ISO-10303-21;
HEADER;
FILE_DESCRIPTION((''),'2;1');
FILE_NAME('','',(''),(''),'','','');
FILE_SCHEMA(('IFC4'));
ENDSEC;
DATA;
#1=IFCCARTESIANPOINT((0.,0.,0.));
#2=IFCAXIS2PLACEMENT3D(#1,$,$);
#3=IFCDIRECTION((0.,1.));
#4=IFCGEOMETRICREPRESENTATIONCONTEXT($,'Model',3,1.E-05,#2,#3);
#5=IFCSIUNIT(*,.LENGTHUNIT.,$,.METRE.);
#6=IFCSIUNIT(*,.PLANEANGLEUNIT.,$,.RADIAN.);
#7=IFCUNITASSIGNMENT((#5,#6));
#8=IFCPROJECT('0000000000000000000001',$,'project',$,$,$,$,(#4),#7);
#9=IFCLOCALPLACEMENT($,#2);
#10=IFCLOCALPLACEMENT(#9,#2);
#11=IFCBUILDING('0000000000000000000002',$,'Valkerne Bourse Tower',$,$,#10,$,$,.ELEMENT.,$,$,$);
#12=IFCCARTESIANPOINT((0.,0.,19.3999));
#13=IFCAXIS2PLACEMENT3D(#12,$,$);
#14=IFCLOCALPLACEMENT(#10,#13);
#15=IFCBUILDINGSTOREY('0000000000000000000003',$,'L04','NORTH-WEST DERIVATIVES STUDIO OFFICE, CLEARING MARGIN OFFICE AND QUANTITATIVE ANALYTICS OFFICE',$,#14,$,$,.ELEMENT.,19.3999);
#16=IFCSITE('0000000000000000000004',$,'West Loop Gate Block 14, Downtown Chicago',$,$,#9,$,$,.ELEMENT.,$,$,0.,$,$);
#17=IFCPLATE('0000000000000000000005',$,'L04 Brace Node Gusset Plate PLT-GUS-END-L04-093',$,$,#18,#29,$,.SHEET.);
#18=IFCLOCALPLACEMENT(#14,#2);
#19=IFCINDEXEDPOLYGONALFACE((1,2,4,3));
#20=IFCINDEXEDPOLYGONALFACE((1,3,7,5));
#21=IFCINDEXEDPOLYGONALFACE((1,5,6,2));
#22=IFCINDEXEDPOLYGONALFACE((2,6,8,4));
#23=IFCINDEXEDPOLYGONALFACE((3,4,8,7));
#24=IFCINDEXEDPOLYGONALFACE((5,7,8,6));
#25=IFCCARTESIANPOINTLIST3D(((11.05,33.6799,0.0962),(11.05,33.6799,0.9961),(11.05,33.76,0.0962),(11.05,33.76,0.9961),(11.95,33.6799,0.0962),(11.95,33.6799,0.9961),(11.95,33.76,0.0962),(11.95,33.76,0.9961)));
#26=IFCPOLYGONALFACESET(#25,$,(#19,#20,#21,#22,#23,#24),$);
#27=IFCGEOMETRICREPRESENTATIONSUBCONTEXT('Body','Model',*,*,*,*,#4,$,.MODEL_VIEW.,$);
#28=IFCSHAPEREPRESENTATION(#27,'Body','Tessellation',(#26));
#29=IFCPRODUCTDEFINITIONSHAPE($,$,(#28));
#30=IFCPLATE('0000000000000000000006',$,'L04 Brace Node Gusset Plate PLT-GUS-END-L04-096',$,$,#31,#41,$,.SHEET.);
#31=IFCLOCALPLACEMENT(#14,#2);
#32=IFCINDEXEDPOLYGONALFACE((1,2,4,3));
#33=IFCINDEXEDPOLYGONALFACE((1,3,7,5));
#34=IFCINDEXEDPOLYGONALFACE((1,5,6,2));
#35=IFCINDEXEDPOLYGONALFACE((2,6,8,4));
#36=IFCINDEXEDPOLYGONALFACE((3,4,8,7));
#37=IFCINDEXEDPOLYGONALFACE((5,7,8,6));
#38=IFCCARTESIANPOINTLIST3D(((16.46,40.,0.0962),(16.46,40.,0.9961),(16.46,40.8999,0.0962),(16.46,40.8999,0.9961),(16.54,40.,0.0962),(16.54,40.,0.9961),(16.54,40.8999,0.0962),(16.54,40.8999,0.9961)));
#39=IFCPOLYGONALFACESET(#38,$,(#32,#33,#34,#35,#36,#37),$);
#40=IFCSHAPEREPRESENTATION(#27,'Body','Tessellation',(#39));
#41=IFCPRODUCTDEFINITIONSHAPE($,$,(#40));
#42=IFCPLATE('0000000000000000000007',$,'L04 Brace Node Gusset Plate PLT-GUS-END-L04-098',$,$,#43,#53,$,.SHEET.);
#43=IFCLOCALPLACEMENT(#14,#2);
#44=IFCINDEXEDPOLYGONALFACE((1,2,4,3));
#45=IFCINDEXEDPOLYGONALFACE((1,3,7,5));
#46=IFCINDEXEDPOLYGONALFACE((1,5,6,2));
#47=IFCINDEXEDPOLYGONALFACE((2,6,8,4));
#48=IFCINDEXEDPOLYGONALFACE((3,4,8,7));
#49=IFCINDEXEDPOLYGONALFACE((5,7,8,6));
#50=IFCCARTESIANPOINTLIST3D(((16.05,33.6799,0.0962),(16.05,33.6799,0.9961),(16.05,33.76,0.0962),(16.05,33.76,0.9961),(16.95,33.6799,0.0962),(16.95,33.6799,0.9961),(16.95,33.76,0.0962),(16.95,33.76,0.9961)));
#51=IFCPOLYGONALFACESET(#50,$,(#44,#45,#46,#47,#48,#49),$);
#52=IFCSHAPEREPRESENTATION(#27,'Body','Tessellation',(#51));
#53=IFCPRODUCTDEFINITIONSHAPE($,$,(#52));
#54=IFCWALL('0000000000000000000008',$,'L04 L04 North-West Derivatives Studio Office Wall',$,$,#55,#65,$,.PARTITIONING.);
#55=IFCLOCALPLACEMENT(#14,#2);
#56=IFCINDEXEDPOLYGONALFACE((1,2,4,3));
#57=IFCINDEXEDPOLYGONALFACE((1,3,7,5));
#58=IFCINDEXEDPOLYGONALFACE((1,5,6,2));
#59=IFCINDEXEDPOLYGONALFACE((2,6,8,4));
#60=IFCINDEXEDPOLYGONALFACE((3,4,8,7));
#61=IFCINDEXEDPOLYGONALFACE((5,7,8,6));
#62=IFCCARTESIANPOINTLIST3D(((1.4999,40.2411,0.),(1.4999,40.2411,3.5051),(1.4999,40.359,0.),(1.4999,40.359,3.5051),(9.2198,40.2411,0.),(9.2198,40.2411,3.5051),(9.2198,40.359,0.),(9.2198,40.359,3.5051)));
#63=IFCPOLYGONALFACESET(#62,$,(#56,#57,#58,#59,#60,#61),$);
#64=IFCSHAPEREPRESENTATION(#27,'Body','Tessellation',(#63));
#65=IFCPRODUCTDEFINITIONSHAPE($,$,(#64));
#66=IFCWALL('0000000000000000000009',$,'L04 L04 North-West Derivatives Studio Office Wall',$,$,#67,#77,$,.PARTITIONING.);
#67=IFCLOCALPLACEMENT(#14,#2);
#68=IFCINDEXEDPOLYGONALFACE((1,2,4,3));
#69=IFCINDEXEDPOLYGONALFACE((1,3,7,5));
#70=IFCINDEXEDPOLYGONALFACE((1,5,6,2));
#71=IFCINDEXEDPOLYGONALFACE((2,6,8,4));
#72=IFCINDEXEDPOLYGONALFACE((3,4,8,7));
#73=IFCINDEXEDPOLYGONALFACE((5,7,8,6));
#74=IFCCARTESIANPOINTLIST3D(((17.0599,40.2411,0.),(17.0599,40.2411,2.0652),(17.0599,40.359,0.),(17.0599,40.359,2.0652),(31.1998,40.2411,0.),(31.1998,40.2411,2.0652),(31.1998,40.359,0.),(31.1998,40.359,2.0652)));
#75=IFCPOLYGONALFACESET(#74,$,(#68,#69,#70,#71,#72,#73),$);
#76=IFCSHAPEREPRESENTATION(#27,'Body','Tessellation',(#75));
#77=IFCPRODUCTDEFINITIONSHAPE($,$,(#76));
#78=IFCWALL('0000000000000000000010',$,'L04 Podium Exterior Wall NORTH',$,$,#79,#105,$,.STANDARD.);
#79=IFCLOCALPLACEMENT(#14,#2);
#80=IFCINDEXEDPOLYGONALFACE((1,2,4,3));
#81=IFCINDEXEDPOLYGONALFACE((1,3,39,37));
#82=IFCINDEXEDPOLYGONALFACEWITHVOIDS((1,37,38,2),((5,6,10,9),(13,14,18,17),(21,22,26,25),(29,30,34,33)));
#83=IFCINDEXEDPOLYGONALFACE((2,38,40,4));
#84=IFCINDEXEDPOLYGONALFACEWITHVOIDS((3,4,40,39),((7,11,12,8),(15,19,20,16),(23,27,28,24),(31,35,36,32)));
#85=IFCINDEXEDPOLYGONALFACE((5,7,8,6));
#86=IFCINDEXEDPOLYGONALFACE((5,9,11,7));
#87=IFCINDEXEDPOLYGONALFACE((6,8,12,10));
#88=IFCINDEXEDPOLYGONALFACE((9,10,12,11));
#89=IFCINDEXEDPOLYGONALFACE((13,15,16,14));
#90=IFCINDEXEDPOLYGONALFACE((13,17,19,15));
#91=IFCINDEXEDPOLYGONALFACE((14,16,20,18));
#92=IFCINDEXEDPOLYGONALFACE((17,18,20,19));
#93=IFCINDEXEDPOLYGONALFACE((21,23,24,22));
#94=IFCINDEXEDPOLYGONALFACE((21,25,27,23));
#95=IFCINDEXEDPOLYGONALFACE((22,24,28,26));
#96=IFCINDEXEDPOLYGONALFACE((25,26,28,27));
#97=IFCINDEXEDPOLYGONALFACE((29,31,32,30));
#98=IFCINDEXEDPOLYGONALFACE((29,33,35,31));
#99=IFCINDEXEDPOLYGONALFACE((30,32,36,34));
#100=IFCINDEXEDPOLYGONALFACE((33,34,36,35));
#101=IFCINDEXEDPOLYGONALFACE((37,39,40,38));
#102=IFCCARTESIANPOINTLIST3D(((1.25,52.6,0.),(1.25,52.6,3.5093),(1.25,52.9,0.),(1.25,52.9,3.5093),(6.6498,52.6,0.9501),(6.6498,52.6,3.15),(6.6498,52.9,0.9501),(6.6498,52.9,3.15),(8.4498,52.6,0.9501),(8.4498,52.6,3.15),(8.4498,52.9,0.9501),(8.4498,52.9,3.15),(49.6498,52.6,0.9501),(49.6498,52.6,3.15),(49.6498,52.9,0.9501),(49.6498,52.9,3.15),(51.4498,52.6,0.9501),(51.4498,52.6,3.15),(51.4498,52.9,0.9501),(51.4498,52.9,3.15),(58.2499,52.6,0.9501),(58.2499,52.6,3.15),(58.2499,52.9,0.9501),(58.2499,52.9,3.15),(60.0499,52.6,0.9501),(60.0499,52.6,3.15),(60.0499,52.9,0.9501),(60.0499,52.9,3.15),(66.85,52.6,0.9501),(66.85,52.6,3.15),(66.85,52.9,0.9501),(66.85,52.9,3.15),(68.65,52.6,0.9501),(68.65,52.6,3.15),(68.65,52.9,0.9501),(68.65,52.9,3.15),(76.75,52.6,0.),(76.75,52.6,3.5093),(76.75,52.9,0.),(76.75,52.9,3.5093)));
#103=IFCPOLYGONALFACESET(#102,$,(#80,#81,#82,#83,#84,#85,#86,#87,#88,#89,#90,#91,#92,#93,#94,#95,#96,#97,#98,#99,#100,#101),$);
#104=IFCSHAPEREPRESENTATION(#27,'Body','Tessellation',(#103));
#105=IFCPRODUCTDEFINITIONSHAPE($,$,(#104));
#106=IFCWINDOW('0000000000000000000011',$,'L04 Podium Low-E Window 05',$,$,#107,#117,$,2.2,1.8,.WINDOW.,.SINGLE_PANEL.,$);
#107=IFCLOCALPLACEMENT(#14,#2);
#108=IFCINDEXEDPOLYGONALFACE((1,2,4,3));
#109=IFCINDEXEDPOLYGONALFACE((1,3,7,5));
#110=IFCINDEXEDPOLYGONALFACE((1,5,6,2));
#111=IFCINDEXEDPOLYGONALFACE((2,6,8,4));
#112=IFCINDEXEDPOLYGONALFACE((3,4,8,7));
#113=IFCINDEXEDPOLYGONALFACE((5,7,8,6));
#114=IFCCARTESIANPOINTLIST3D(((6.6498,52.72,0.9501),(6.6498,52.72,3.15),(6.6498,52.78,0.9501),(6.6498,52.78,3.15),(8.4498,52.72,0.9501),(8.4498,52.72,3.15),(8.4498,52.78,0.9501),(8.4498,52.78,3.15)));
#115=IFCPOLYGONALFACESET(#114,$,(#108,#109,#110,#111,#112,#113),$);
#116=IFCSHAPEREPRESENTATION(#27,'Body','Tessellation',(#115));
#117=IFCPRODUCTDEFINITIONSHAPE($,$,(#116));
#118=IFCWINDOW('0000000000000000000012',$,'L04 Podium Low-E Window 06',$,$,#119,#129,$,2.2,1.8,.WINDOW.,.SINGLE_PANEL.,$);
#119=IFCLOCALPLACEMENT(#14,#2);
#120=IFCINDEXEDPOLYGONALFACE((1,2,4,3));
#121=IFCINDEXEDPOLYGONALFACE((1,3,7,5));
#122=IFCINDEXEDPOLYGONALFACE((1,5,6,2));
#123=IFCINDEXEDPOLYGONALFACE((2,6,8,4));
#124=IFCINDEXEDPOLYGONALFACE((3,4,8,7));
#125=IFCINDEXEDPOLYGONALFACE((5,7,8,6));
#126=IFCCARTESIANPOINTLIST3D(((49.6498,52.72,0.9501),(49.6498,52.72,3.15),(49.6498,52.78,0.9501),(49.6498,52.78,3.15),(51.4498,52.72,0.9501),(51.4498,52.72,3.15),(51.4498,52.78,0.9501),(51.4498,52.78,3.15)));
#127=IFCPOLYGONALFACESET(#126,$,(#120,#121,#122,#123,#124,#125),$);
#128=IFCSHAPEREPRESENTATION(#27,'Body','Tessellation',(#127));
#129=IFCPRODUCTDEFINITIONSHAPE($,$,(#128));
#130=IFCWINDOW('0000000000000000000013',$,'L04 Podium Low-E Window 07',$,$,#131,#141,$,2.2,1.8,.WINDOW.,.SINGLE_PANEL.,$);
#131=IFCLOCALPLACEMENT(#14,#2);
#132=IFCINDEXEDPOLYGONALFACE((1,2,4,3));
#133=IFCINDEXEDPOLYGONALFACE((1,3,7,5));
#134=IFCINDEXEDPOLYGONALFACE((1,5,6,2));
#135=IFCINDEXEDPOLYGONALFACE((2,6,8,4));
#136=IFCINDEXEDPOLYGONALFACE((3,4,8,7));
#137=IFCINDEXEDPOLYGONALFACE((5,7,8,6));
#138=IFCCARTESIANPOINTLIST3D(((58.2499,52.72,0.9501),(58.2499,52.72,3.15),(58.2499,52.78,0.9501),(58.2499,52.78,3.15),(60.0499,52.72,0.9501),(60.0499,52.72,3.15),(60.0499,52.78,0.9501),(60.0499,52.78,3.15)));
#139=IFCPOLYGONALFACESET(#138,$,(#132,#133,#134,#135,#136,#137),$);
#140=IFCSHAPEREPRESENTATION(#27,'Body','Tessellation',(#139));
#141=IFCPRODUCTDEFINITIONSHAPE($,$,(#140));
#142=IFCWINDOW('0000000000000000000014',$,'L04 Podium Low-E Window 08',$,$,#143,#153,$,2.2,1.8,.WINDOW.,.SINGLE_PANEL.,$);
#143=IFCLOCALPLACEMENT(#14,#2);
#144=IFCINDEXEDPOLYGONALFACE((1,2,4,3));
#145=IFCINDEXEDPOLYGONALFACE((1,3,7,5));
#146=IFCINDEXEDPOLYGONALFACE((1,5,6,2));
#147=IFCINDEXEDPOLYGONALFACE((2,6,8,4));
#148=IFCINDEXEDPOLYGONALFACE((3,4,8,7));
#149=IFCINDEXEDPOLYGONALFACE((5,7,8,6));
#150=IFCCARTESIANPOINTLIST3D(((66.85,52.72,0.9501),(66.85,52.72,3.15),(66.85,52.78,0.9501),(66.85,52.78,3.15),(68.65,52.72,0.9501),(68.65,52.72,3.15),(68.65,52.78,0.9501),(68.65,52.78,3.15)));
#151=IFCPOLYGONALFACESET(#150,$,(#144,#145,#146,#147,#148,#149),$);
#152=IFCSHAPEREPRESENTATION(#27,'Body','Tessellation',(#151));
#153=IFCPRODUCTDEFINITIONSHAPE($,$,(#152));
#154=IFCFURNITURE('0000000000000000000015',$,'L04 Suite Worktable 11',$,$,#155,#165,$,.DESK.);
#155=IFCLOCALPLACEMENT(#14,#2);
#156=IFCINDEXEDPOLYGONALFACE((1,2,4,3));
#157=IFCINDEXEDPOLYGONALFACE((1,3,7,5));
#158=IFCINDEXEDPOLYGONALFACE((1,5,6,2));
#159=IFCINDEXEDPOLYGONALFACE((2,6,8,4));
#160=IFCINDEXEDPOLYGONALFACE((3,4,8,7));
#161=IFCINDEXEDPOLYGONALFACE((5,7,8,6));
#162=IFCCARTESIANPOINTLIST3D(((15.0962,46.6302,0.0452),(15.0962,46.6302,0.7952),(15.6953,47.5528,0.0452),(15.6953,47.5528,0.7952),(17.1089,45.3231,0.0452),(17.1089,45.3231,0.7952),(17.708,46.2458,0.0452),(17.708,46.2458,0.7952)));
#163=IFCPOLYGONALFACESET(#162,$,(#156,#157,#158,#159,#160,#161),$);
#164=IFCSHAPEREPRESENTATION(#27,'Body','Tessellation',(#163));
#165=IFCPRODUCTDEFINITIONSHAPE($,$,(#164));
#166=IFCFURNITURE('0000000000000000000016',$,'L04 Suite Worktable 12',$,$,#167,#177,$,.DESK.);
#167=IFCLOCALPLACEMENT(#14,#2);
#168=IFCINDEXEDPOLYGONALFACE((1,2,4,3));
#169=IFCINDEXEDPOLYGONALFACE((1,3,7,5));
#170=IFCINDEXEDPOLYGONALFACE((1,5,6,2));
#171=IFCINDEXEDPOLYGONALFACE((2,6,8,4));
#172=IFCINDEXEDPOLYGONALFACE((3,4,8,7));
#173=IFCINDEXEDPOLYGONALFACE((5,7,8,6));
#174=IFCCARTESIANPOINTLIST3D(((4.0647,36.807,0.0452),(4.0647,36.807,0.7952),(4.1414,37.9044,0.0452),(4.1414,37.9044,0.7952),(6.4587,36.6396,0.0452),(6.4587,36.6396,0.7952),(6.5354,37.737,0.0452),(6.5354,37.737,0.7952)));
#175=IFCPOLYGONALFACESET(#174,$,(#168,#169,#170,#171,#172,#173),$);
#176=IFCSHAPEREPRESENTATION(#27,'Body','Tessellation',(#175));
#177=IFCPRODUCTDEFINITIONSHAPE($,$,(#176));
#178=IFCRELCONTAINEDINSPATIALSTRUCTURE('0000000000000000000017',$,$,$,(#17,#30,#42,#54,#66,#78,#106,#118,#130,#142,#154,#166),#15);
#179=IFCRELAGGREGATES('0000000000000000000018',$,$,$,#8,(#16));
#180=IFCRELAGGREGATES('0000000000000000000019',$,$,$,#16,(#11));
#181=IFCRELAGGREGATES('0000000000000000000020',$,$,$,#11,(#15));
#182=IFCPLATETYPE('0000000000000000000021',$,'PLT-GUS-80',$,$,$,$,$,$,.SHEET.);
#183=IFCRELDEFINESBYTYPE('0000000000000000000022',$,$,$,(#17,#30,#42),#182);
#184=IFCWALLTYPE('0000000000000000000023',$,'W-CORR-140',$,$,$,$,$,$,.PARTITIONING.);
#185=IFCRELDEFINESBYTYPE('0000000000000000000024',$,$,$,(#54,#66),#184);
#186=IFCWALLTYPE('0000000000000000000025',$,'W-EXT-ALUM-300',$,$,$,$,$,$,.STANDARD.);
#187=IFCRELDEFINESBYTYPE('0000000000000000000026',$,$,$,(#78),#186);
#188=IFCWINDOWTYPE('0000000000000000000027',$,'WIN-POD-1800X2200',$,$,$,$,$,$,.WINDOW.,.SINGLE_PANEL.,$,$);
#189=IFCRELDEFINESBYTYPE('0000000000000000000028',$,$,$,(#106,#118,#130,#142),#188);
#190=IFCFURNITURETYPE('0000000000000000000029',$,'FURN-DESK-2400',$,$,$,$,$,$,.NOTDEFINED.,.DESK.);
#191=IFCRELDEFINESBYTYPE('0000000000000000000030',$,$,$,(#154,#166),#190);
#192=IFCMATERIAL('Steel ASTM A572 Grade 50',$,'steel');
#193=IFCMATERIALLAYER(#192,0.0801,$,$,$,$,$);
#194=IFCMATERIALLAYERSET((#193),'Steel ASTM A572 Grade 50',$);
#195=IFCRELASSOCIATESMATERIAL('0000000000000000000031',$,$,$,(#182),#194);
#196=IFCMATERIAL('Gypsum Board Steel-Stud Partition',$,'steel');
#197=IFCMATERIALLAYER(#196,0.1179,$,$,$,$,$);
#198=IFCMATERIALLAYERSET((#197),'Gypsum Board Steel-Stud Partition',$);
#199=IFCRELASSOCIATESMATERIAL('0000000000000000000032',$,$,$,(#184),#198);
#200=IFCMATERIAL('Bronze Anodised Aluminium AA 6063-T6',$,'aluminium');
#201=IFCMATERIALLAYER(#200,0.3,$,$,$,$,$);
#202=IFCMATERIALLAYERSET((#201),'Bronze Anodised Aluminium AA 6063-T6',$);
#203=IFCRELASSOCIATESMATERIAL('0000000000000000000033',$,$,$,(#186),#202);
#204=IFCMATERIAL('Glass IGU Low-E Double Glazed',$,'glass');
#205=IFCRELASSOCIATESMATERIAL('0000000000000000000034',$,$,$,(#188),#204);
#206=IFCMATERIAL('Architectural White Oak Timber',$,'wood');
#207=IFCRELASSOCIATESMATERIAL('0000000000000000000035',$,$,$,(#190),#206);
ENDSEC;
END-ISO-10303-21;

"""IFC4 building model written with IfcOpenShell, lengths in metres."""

from ifc_helpers import new_model, si_unit, direction, frame, frame_2d, origin, origin_2d, place, context, subcontext, project, spatial, rectangle, extrude, material, layer, layer_set, type_object, element, fill, save


model = new_model("IFC4")

# Units and contexts
model_context = context("Model", 3, precision=1e-05, world=origin(), true_north=direction((0.0, 1.0)))
body_context = subcontext(model_context, "Body", "Model", "MODEL_VIEW")
ifc_project = project(units=[si_unit("LENGTHUNIT", "METRE"), si_unit("PLANEANGLEUNIT", "RADIAN")], contexts=[model_context])

# Site, building, storey
site_placement = place(None, origin())
site = spatial("IfcSite", under=ifc_project, at=site_placement, Name="West Loop Gate Block 14, Downtown Chicago", CompositionType="ELEMENT", RefElevation=0.0)
building_placement = place(site_placement, origin())
building = spatial("IfcBuilding", under=site, at=building_placement, Name="Valkerne Bourse Tower", CompositionType="ELEMENT")
storey_placement = place(building_placement, frame((0.0, 0.0, 19.3999)))
storey = spatial("IfcBuildingStorey", under=building, at=storey_placement, Name="L04", Description="NORTH-WEST DERIVATIVES STUDIO OFFICE, CLEARING MARGIN OFFICE AND QUANTITATIVE ANALYTICS OFFICE", CompositionType="ELEMENT", Elevation=19.3999)

# Plates
ifc_material_1 = material(Name="Steel ASTM A572 Grade 50", Category="steel")
ifc_layer_1 = layer(ifc_material_1, 0.0801)
ifc_layer_set_1 = layer_set([ifc_layer_1], Name="Steel ASTM A572 Grade 50")
plate_type = type_object("IfcPlateType", Name="PLT-GUS-80", PredefinedType="SHEET", material=ifc_layer_set_1)
for number, where, z_axis, x_axis, name in (
    (1, (11.5, 33.72, 0.0962), (0.0, 0.0, 1.0), (1.0, 0.0, 0.0), "L04 Brace Node Gusset Plate PLT-GUS-END-L04-093"),
    (2, (16.5, 40.45, 0.0962), (0.0, 0.0, 1.0), (0.0, 1.0, 0.0), "L04 Brace Node Gusset Plate PLT-GUS-END-L04-096"),
    (3, (16.5, 33.72, 0.0962), (0.0, 0.0, 1.0), (1.0, 0.0, 0.0), "L04 Brace Node Gusset Plate PLT-GUS-END-L04-098"),
):
    element("IfcPlate", number, at=place(storey_placement, frame(where, z_axis=z_axis, x_axis=x_axis)), inside=storey, type_object=plate_type, Name=name, PredefinedType="SHEET", context=body_context, shape_type="SweptSolid", body=[
        extrude(rectangle(XDim=0.8999, YDim=0.0801, at=origin_2d()), origin(), (0.0, 0.0, 1.0), 0.8999),
    ])

# Walls
ifc_material_2 = material(Name="Gypsum Board Steel-Stud Partition", Category="steel")
ifc_layer_2 = layer(ifc_material_2, 0.1179)
ifc_layer_set_2 = layer_set([ifc_layer_2], Name="Gypsum Board Steel-Stud Partition")
wall_type_1 = type_object("IfcWallType", Name="W-CORR-140", PredefinedType="PARTITIONING", material=ifc_layer_set_2)
wall_1_placement = place(storey_placement, frame((1.5, 40.3, 0.0), z_axis=(0.0, 0.0, 1.0), x_axis=(1.0, 0.0, 0.0)))
element("IfcWall", 4, at=wall_1_placement, inside=storey, type_object=wall_type_1, Name="L04 L04 North-West Derivatives Studio Office Wall", PredefinedType="PARTITIONING", context=body_context, shape_type="SweptSolid", body=[
    extrude(rectangle(XDim=7.72, YDim=0.1179, at=frame_2d((3.8599, 0.0))), origin(), (0.0, 0.0, 1.0), 3.5051),
])
wall_2_placement = place(storey_placement, frame((17.0601, 40.3, 0.0), z_axis=(0.0, 0.0, 1.0), x_axis=(1.0, 0.0, 0.0)))
element("IfcWall", 5, at=wall_2_placement, inside=storey, type_object=wall_type_1, Name="L04 L04 North-West Derivatives Studio Office Wall", PredefinedType="PARTITIONING", context=body_context, shape_type="SweptSolid", body=[
    extrude(rectangle(XDim=14.1399, YDim=0.1179, at=frame_2d((7.0698, 0.0))), origin(), (0.0, 0.0, 1.0), 2.0652),
])

# Wall, openings, windows
ifc_material_3 = material(Name="Bronze Anodised Aluminium AA 6063-T6", Category="aluminium")
ifc_layer_3 = layer(ifc_material_3, 0.3)
ifc_layer_set_3 = layer_set([ifc_layer_3], Name="Bronze Anodised Aluminium AA 6063-T6")
wall_type_2 = type_object("IfcWallType", Name="W-EXT-ALUM-300", PredefinedType="STANDARD", material=ifc_layer_set_3)
wall_3_placement = place(storey_placement, frame((1.25, 52.75, 0.0), z_axis=(0.0, 0.0, 1.0), x_axis=(1.0, 0.0, 0.0)))
wall_3 = element("IfcWall", 6, at=wall_3_placement, inside=storey, type_object=wall_type_2, Name="L04 Podium Exterior Wall NORTH", PredefinedType="STANDARD", context=body_context, shape_type="SweptSolid", body=[
    extrude(rectangle(XDim=75.5, YDim=0.3, at=frame_2d((37.75, 0.0))), origin(), (0.0, 0.0, 1.0), 3.5093),
])
opening_1_placement = place(wall_3_placement, frame((5.3999, 0.0, 0.95)))
opening_1 = element("IfcOpeningElement", 7, at=opening_1_placement, cuts=wall_3, PredefinedType="OPENING", context=body_context, shape_type="SweptSolid", body=[
    extrude(rectangle(XDim=1.8, YDim=2.2, at=frame_2d((0.8999, 1.1001))), frame((0.0, 0.1599, 0.0), z_axis=(0.0, -1.0, 0.0), x_axis=(1.0, 0.0, 0.0)), (0.0, 0.0, 1.0), 0.3201),
])
opening_2_placement = place(wall_3_placement, frame((48.3999, 0.0, 0.95)))
opening_2 = element("IfcOpeningElement", 8, at=opening_2_placement, cuts=wall_3, PredefinedType="OPENING", context=body_context, shape_type="SweptSolid", body=[
    extrude(rectangle(XDim=1.8, YDim=2.2, at=frame_2d((0.8999, 1.1001))), frame((0.0, 0.1599, 0.0), z_axis=(0.0, -1.0, 0.0), x_axis=(1.0, 0.0, 0.0)), (0.0, 0.0, 1.0), 0.3201),
])
opening_3_placement = place(wall_3_placement, frame((57.0, 0.0, 0.95)))
opening_3 = element("IfcOpeningElement", 9, at=opening_3_placement, cuts=wall_3, PredefinedType="OPENING", context=body_context, shape_type="SweptSolid", body=[
    extrude(rectangle(XDim=1.8, YDim=2.2, at=frame_2d((0.8999, 1.1001))), frame((0.0, 0.1599, 0.0), z_axis=(0.0, -1.0, 0.0), x_axis=(1.0, 0.0, 0.0)), (0.0, 0.0, 1.0), 0.3201),
])
opening_4_placement = place(wall_3_placement, frame((65.6001, 0.0, 0.95)))
opening_4 = element("IfcOpeningElement", 10, at=opening_4_placement, cuts=wall_3, PredefinedType="OPENING", context=body_context, shape_type="SweptSolid", body=[
    extrude(rectangle(XDim=1.8, YDim=2.2, at=frame_2d((0.8999, 1.1001))), frame((0.0, 0.1599, 0.0), z_axis=(0.0, -1.0, 0.0), x_axis=(1.0, 0.0, 0.0)), (0.0, 0.0, 1.0), 0.3201),
])
ifc_material_4 = material(Name="Glass IGU Low-E Double Glazed", Category="glass")
window_type = type_object("IfcWindowType", Name="WIN-POD-1800X2200", PartitioningType="SINGLE_PANEL", PredefinedType="WINDOW", material=ifc_material_4)
window_1_placement = place(opening_1_placement, origin())
window_1 = element("IfcWindow", 11, at=window_1_placement, inside=storey, type_object=window_type, Name="L04 Podium Low-E Window 05", OverallHeight=2.2, OverallWidth=1.8, PartitioningType="SINGLE_PANEL", PredefinedType="WINDOW", context=body_context, shape_type="SweptSolid", body=[
    extrude(rectangle(XDim=1.8, YDim=2.2, at=frame_2d((0.8999, 1.1001))), frame((0.0, 0.03, 0.0), z_axis=(0.0, -1.0, 0.0), x_axis=(1.0, 0.0, 0.0)), (0.0, 0.0, 1.0), 0.0601),
])
fill(opening_1, window_1)
window_2_placement = place(opening_2_placement, origin())
window_2 = element("IfcWindow", 12, at=window_2_placement, inside=storey, type_object=window_type, Name="L04 Podium Low-E Window 06", OverallHeight=2.2, OverallWidth=1.8, PartitioningType="SINGLE_PANEL", PredefinedType="WINDOW", context=body_context, shape_type="SweptSolid", body=[
    extrude(rectangle(XDim=1.8, YDim=2.2, at=frame_2d((0.8999, 1.1001))), frame((0.0, 0.03, 0.0), z_axis=(0.0, -1.0, 0.0), x_axis=(1.0, 0.0, 0.0)), (0.0, 0.0, 1.0), 0.0601),
])
fill(opening_2, window_2)
window_3_placement = place(opening_3_placement, origin())
window_3 = element("IfcWindow", 13, at=window_3_placement, inside=storey, type_object=window_type, Name="L04 Podium Low-E Window 07", OverallHeight=2.2, OverallWidth=1.8, PartitioningType="SINGLE_PANEL", PredefinedType="WINDOW", context=body_context, shape_type="SweptSolid", body=[
    extrude(rectangle(XDim=1.8, YDim=2.2, at=frame_2d((0.8999, 1.1001))), frame((0.0, 0.03, 0.0), z_axis=(0.0, -1.0, 0.0), x_axis=(1.0, 0.0, 0.0)), (0.0, 0.0, 1.0), 0.0601),
])
fill(opening_3, window_3)
window_4_placement = place(opening_4_placement, origin())
window_4 = element("IfcWindow", 14, at=window_4_placement, inside=storey, type_object=window_type, Name="L04 Podium Low-E Window 08", OverallHeight=2.2, OverallWidth=1.8, PartitioningType="SINGLE_PANEL", PredefinedType="WINDOW", context=body_context, shape_type="SweptSolid", body=[
    extrude(rectangle(XDim=1.8, YDim=2.2, at=frame_2d((0.8999, 1.1001))), frame((0.0, 0.03, 0.0), z_axis=(0.0, -1.0, 0.0), x_axis=(1.0, 0.0, 0.0)), (0.0, 0.0, 1.0), 0.0601),
])
fill(opening_4, window_4)

# Furniture
ifc_material_5 = material(Name="Architectural White Oak Timber", Category="wood")
furniture_type = type_object("IfcFurnitureType", Name="FURN-DESK-2400", AssemblyPlace="NOTDEFINED", PredefinedType="DESK", material=ifc_material_5)
for number, where, z_axis, x_axis, name in (
    (15, (16.4021, 46.438, 0.0452), (0.0, 0.0, 1.0), (-0.838671, 0.544639, 0.0), "L04 Suite Worktable 11"),
    (16, (5.3, 37.272, 0.0452), (0.0, 0.0, 1.0), (-0.997564, 0.069756, 0.0), "L04 Suite Worktable 12"),
):
    element("IfcFurniture", number, at=place(storey_placement, frame(where, z_axis=z_axis, x_axis=x_axis)), inside=storey, type_object=furniture_type, Name=name, PredefinedType="DESK", context=body_context, shape_type="SweptSolid", body=[
        extrude(rectangle(XDim=2.3999, YDim=1.1001, at=origin_2d()), origin(), (0.0, 0.0, 1.0), 0.75),
    ])

save(model, "model.ifc")
